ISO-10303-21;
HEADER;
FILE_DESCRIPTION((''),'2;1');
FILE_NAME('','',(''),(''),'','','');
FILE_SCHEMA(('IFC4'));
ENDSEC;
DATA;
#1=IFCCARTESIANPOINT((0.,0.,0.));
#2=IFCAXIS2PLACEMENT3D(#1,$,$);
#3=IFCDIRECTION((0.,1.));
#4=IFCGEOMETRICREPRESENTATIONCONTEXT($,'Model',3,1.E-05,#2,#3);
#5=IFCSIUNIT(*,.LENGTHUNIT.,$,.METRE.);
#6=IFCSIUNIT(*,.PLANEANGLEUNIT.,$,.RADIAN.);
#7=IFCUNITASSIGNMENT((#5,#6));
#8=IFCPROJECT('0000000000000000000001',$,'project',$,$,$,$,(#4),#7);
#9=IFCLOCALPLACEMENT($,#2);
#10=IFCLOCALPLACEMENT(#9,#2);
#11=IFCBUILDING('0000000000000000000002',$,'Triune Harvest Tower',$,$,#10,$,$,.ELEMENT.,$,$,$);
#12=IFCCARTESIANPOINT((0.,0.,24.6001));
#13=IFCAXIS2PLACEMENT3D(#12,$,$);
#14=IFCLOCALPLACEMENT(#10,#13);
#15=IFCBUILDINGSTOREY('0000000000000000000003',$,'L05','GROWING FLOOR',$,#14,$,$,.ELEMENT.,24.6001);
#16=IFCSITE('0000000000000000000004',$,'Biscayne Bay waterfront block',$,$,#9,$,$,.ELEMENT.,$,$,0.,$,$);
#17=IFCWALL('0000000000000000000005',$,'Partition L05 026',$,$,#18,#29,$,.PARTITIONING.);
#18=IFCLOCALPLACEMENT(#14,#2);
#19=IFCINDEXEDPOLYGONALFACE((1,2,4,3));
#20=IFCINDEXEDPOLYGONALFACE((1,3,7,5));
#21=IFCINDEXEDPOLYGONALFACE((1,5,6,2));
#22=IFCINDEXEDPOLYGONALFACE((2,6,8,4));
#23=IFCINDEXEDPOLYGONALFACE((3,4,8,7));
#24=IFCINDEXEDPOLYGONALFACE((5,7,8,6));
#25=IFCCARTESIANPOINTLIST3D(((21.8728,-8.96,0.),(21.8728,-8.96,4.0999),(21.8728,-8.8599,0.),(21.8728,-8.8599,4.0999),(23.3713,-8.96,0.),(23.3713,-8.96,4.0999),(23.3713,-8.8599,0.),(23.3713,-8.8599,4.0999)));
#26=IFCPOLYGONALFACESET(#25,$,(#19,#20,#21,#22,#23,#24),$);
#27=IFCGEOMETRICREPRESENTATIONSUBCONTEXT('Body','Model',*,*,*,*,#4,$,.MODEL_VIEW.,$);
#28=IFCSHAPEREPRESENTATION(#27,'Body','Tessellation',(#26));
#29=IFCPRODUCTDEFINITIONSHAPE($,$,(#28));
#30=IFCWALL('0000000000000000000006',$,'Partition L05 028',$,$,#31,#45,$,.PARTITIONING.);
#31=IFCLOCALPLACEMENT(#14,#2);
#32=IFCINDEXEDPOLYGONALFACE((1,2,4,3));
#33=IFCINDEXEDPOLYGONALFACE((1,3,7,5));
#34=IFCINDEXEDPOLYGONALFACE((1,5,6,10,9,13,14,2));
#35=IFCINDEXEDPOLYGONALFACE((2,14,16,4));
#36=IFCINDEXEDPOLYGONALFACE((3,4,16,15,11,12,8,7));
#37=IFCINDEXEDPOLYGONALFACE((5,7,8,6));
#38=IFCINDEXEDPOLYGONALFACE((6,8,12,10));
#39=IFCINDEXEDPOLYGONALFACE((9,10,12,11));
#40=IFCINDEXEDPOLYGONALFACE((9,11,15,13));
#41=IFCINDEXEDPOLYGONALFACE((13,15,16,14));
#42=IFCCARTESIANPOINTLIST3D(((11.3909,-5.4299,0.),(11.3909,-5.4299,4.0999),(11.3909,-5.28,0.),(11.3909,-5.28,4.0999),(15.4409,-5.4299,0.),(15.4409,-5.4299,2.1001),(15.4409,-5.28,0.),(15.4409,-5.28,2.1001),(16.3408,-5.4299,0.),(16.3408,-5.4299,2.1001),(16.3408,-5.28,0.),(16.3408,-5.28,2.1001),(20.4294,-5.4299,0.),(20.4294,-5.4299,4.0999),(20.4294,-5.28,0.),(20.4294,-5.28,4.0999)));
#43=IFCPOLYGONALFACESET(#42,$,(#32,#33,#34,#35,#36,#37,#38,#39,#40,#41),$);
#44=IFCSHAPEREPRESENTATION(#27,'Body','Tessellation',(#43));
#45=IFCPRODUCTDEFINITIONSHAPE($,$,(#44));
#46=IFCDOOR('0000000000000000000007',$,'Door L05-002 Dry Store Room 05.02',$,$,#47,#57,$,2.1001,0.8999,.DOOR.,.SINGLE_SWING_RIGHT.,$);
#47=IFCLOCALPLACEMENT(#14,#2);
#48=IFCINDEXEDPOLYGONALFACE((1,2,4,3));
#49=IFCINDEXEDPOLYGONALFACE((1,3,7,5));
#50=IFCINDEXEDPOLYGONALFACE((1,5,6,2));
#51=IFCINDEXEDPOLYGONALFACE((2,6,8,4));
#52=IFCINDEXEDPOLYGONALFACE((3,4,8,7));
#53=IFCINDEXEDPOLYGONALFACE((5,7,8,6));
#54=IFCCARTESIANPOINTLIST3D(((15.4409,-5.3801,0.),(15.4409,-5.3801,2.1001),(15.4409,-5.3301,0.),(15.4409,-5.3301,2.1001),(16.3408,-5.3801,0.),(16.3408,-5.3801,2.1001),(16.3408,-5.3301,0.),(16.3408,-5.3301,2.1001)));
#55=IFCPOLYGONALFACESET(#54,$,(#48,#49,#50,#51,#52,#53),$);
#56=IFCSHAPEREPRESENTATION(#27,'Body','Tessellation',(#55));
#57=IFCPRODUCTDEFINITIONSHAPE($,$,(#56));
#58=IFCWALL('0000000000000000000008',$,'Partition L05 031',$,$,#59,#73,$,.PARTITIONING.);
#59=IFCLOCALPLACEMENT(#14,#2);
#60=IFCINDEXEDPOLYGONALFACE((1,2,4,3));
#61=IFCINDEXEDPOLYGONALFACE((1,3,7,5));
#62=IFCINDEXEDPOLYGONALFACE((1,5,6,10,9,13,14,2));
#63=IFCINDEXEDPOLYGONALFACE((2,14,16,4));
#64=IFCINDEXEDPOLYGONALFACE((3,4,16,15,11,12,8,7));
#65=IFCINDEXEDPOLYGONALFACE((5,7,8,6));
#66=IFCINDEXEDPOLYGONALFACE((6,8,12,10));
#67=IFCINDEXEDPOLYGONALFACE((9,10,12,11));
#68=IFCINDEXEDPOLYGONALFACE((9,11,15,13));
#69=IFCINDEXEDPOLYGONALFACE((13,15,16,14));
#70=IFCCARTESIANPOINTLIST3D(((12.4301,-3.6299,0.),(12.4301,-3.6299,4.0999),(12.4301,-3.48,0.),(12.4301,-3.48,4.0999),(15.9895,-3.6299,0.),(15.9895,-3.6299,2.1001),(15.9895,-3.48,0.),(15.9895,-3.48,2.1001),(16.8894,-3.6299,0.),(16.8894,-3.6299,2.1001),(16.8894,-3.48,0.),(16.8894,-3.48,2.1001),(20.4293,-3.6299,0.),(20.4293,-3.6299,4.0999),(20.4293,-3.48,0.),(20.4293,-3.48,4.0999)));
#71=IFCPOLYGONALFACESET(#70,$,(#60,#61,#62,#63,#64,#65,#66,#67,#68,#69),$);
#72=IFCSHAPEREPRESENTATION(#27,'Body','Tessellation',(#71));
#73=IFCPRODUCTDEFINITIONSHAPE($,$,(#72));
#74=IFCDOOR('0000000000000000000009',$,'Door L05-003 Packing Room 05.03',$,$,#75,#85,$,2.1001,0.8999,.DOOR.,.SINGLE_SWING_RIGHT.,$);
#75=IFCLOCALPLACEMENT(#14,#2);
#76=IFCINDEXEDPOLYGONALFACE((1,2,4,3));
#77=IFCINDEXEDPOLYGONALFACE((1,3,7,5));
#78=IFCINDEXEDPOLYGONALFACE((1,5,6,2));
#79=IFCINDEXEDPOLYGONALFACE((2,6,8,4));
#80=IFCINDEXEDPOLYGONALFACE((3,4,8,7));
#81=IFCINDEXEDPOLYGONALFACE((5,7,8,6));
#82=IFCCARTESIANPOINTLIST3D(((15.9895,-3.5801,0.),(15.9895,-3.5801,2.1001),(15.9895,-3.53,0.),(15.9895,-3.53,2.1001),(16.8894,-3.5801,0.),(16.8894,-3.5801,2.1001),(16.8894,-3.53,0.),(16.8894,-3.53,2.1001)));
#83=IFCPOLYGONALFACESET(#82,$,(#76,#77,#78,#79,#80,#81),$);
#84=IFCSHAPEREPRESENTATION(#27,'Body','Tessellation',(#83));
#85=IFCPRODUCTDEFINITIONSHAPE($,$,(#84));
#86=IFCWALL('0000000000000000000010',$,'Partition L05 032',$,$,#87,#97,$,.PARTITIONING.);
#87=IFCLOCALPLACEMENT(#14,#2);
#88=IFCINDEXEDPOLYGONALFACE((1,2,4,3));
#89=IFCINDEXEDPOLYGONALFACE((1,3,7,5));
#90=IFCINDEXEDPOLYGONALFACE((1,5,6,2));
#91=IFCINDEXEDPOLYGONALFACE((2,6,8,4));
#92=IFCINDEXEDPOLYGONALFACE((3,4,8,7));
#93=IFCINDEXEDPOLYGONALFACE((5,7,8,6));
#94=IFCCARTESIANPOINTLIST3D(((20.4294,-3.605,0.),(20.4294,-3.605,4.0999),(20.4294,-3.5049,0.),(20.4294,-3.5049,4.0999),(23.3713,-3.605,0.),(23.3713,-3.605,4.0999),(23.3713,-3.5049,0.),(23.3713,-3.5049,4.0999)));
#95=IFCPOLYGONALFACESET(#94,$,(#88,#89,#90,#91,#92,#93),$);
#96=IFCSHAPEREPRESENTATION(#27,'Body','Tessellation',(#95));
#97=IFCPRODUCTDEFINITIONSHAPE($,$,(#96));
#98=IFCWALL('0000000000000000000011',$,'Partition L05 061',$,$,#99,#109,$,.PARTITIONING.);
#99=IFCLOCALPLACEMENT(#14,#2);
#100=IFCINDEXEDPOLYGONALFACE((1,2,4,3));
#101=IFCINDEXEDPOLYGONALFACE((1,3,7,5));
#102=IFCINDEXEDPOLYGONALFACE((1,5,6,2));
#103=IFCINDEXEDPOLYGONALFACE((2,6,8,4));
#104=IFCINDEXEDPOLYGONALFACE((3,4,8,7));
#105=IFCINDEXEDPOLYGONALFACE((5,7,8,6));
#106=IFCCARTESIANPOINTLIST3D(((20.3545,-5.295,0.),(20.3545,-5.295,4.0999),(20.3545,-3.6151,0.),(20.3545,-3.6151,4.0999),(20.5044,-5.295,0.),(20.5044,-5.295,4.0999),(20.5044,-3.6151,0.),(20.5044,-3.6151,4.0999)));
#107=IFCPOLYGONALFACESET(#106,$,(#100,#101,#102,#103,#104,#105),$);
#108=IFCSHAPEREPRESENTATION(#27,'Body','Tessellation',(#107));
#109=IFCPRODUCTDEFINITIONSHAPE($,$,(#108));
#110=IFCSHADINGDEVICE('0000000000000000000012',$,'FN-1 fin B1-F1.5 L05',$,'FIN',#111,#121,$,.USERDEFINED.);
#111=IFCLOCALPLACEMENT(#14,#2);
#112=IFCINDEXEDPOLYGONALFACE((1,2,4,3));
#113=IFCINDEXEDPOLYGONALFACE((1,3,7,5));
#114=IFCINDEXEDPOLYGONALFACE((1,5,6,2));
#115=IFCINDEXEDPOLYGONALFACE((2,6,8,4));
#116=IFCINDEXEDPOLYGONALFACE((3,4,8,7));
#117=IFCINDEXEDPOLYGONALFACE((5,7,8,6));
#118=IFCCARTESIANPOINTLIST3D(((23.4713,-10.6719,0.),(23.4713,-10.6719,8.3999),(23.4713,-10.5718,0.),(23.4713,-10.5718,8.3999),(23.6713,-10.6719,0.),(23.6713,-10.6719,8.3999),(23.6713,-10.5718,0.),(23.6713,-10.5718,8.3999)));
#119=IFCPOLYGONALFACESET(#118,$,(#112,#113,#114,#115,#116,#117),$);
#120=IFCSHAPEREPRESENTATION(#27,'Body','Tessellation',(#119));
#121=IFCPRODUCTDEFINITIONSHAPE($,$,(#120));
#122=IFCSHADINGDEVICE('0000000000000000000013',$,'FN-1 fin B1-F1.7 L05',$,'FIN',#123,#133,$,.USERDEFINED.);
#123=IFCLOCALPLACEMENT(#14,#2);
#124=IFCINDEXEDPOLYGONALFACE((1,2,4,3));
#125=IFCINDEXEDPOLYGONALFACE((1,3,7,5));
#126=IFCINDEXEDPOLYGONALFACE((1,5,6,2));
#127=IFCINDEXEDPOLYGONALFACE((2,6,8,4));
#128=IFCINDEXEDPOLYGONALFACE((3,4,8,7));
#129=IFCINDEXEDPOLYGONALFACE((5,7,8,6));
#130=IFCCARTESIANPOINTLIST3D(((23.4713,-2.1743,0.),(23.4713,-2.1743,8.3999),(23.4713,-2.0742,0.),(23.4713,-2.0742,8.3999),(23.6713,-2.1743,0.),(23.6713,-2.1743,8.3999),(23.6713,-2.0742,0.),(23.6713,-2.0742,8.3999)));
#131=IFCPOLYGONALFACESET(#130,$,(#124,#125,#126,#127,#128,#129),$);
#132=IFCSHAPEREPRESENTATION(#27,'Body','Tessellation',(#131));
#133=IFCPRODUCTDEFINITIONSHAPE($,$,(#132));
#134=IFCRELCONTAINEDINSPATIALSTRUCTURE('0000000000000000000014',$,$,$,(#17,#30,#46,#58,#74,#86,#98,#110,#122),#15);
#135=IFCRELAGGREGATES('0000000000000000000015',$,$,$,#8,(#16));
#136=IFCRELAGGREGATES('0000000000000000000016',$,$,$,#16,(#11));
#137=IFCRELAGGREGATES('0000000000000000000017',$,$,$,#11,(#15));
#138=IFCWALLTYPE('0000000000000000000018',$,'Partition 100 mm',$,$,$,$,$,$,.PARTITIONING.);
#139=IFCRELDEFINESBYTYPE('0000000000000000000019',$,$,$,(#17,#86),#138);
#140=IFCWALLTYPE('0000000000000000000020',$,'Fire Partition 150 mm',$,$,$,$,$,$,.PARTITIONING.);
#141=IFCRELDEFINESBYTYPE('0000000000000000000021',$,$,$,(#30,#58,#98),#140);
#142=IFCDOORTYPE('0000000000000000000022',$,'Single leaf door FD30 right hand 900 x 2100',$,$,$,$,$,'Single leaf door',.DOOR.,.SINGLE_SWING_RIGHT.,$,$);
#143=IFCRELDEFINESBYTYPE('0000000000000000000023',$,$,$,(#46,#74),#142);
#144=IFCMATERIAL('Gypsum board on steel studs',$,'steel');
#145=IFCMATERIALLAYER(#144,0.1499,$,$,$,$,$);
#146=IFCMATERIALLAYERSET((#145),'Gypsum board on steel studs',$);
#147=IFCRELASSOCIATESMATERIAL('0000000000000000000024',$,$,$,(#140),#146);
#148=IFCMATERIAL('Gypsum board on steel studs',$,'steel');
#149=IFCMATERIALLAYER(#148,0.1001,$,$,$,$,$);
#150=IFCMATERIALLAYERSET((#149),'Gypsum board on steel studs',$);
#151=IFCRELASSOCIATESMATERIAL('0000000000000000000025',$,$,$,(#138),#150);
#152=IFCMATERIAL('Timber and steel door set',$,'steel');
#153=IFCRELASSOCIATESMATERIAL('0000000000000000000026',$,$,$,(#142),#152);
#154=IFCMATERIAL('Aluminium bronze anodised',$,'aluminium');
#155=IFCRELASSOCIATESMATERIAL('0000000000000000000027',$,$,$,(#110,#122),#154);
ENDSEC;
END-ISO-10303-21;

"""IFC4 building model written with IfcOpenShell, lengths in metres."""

from ifc_helpers import new_model, si_unit, direction, frame, frame_2d, origin, origin_2d, place, context, subcontext, project, spatial, rectangle, extrude, source, transform, mapped, material, layer, layer_set, type_object, element, fill, save


model = new_model("IFC4")

# Units and contexts
model_context = context("Model", 3, precision=1e-05, world=origin(), true_north=direction((0.0, 1.0)))
body_context = subcontext(model_context, "Body", "Model", "MODEL_VIEW")
ifc_project = project(units=[si_unit("LENGTHUNIT", "METRE"), si_unit("PLANEANGLEUNIT", "RADIAN")], contexts=[model_context])

# Site, building, storey
site_placement = place(None, origin())
site = spatial("IfcSite", under=ifc_project, at=site_placement, Name="Biscayne Bay waterfront block", CompositionType="ELEMENT", RefElevation=0.0)
building_placement = place(site_placement, origin())
building = spatial("IfcBuilding", under=site, at=building_placement, Name="Triune Harvest Tower", CompositionType="ELEMENT")
storey_placement = place(building_placement, frame((0.0, 0.0, 24.6001)))
storey = spatial("IfcBuildingStorey", under=building, at=storey_placement, Name="L05", Description="GROWING FLOOR", CompositionType="ELEMENT", Elevation=24.6001)

# Wall
ifc_material_1 = material(Name="Gypsum board on steel studs", Category="steel")
ifc_layer_1 = layer(ifc_material_1, 0.1499)
ifc_layer_set_1 = layer_set([ifc_layer_1], Name="Gypsum board on steel studs")
wall_type_1 = type_object("IfcWallType", Name="Fire Partition 150 mm", PredefinedType="PARTITIONING", material=ifc_layer_set_1)
ifc_material_2 = material(Name="Gypsum board on steel studs", Category="steel")
ifc_layer_2 = layer(ifc_material_2, 0.1001)
ifc_layer_set_2 = layer_set([ifc_layer_2], Name="Gypsum board on steel studs")
wall_type_2 = type_object("IfcWallType", Name="Partition 100 mm", PredefinedType="PARTITIONING", material=ifc_layer_set_2)
shared_shape_1 = source(origin(), body_context, "Body", "SweptSolid", [
    extrude(rectangle(XDim=1.4985, YDim=0.1001, at=frame_2d((0.7493, 0.0))), origin(), (0.0, 0.0, 1.0), 4.0999),
])
wall_1_placement = place(storey_placement, frame((21.8728, -8.9099, 0.0), z_axis=(0.0, 0.0, 1.0), x_axis=(1.0, 0.0, 0.0)))
element("IfcWall", 1, at=wall_1_placement, inside=storey, type_object=wall_type_2, Name="Partition L05 026", PredefinedType="PARTITIONING", context=body_context, shape_type="MappedRepresentation", body=[
    mapped(shared_shape_1, transform((0.0, 0.0, 0.0), scale=1.0)),
])

# Walls, openings, doors
shared_shape_2 = source(origin(), body_context, "Body", "SweptSolid", [
    extrude(rectangle(XDim=9.0386, YDim=0.1499, at=frame_2d((4.5193, 0.0))), origin(), (0.0, 0.0, 1.0), 4.0999),
])
wall_2_placement = place(storey_placement, frame((11.3909, -5.355, 0.0), z_axis=(0.0, 0.0, 1.0), x_axis=(1.0, 0.0, 0.0)))
wall_2 = element("IfcWall", 2, at=wall_2_placement, inside=storey, type_object=wall_type_1, Name="Partition L05 028", PredefinedType="PARTITIONING", context=body_context, shape_type="MappedRepresentation", body=[
    mapped(shared_shape_2, transform((0.0, 0.0, 0.0), scale=1.0)),
])
opening_1_placement = place(wall_2_placement, frame((4.05, 0.0, 0.0)))
opening_1 = element("IfcOpeningElement", 3, at=opening_1_placement, cuts=wall_2, PredefinedType="OPENING", context=body_context, shape_type="SweptSolid", body=[
    extrude(rectangle(XDim=0.8999, YDim=2.1001, at=frame_2d((0.45, 1.05))), frame((0.0, 0.085, 0.0), z_axis=(0.0, -1.0, 0.0), x_axis=(1.0, 0.0, 0.0)), (0.0, 0.0, 1.0), 0.1699),
])
ifc_material_3 = material(Name="Timber and steel door set", Category="steel")
door_type_1 = type_object("IfcDoorType", Name="Single leaf door FD30 right hand 900 x 2100", ElementType="Single leaf door", OperationType="SINGLE_SWING_RIGHT", PredefinedType="DOOR", material=ifc_material_3)
door_1_placement = place(opening_1_placement, origin())
door_1 = element("IfcDoor", 4, at=door_1_placement, inside=storey, type_object=door_type_1, Name="Door L05-002 Dry Store Room 05.02", OperationType="SINGLE_SWING_RIGHT", OverallHeight=2.1001, OverallWidth=0.8999, PredefinedType="DOOR", context=body_context, shape_type="SweptSolid", body=[
    extrude(rectangle(XDim=0.8999, YDim=2.1001, at=frame_2d((0.45, 1.05))), frame((0.0, 0.0249, 0.0), z_axis=(0.0, -1.0, 0.0), x_axis=(1.0, 0.0, 0.0)), (0.0, 0.0, 1.0), 0.05),
])
fill(opening_1, door_1)
shared_shape_3 = source(origin(), body_context, "Body", "SweptSolid", [
    extrude(rectangle(XDim=7.9993, YDim=0.1499, at=frame_2d((3.9995, 0.0))), origin(), (0.0, 0.0, 1.0), 4.0999),
])
wall_3_placement = place(storey_placement, frame((12.4302, -3.5549, 0.0), z_axis=(0.0, 0.0, 1.0), x_axis=(1.0, 0.0, 0.0)))
wall_3 = element("IfcWall", 5, at=wall_3_placement, inside=storey, type_object=wall_type_1, Name="Partition L05 031", PredefinedType="PARTITIONING", context=body_context, shape_type="MappedRepresentation", body=[
    mapped(shared_shape_3, transform((0.0, 0.0, 0.0), scale=1.0)),
])
opening_2_placement = place(wall_3_placement, frame((3.5593, 0.0, 0.0)))
opening_2 = element("IfcOpeningElement", 6, at=opening_2_placement, cuts=wall_3, PredefinedType="OPENING", context=body_context, shape_type="SweptSolid", body=[
    extrude(rectangle(XDim=0.8999, YDim=2.1001, at=frame_2d((0.45, 1.05))), frame((0.0, 0.085, 0.0), z_axis=(0.0, -1.0, 0.0), x_axis=(1.0, 0.0, 0.0)), (0.0, 0.0, 1.0), 0.1699),
])
door_2_placement = place(opening_2_placement, origin())
door_2 = element("IfcDoor", 7, at=door_2_placement, inside=storey, type_object=door_type_1, Name="Door L05-003 Packing Room 05.03", OperationType="SINGLE_SWING_RIGHT", OverallHeight=2.1001, OverallWidth=0.8999, PredefinedType="DOOR", context=body_context, shape_type="SweptSolid", body=[
    extrude(rectangle(XDim=0.8999, YDim=2.1001, at=frame_2d((0.45, 1.05))), frame((0.0, 0.0249, 0.0), z_axis=(0.0, -1.0, 0.0), x_axis=(1.0, 0.0, 0.0)), (0.0, 0.0, 1.0), 0.05),
])
fill(opening_2, door_2)

# Walls
shared_shape_4 = source(origin(), body_context, "Body", "SweptSolid", [
    extrude(rectangle(XDim=2.9419, YDim=0.1001, at=frame_2d((1.4709, 0.0))), origin(), (0.0, 0.0, 1.0), 4.0999),
])
wall_4_placement = place(storey_placement, frame((20.4294, -3.5549, 0.0), z_axis=(0.0, 0.0, 1.0), x_axis=(1.0, 0.0, 0.0)))
element("IfcWall", 8, at=wall_4_placement, inside=storey, type_object=wall_type_2, Name="Partition L05 032", PredefinedType="PARTITIONING", context=body_context, shape_type="MappedRepresentation", body=[
    mapped(shared_shape_4, transform((0.0, 0.0, 0.0), scale=1.0)),
])
shared_shape_5 = source(origin(), body_context, "Body", "SweptSolid", [
    extrude(rectangle(XDim=1.6799, YDim=0.1499, at=frame_2d((0.8398, 0.0))), origin(), (0.0, 0.0, 1.0), 4.0999),
])
wall_5_placement = place(storey_placement, frame((20.4294, -5.2949, 0.0), z_axis=(0.0, 0.0, 1.0), x_axis=(0.0, 1.0, 0.0)))
element("IfcWall", 9, at=wall_5_placement, inside=storey, type_object=wall_type_1, Name="Partition L05 061", PredefinedType="PARTITIONING", context=body_context, shape_type="MappedRepresentation", body=[
    mapped(shared_shape_5, transform((0.0, 0.0, 0.0), scale=1.0)),
])

# Shading devices
ifc_material_4 = material(Name="Aluminium bronze anodised", Category="aluminium")
shared_shape_6 = source(origin(), body_context, "Body", "SweptSolid", [
    extrude(rectangle(XDim=0.1001, YDim=0.2, at=origin_2d()), origin(), (0.0, 0.0, 1.0), 8.3999),
])
for number, where, z_axis, x_axis, name in (
    (10, (23.5713, -10.6218, 0.0), (0.0, 0.0, 1.0), (0.0, 1.0, 0.0), "FN-1 fin B1-F1.5 L05"),
    (11, (23.5713, -2.1243, 0.0), (0.0, 0.0, 1.0), (0.0, 1.0, 0.0), "FN-1 fin B1-F1.7 L05"),
):
    element("IfcShadingDevice", number, at=place(storey_placement, frame(where, z_axis=z_axis, x_axis=x_axis)), inside=storey, material=ifc_material_4, Name=name, ObjectType="FIN", PredefinedType="USERDEFINED", context=body_context, shape_type="MappedRepresentation", body=[
        mapped(shared_shape_6, transform((0.0, 0.0, 0.0), scale=1.0)),
    ])

save(model, "model.ifc")
